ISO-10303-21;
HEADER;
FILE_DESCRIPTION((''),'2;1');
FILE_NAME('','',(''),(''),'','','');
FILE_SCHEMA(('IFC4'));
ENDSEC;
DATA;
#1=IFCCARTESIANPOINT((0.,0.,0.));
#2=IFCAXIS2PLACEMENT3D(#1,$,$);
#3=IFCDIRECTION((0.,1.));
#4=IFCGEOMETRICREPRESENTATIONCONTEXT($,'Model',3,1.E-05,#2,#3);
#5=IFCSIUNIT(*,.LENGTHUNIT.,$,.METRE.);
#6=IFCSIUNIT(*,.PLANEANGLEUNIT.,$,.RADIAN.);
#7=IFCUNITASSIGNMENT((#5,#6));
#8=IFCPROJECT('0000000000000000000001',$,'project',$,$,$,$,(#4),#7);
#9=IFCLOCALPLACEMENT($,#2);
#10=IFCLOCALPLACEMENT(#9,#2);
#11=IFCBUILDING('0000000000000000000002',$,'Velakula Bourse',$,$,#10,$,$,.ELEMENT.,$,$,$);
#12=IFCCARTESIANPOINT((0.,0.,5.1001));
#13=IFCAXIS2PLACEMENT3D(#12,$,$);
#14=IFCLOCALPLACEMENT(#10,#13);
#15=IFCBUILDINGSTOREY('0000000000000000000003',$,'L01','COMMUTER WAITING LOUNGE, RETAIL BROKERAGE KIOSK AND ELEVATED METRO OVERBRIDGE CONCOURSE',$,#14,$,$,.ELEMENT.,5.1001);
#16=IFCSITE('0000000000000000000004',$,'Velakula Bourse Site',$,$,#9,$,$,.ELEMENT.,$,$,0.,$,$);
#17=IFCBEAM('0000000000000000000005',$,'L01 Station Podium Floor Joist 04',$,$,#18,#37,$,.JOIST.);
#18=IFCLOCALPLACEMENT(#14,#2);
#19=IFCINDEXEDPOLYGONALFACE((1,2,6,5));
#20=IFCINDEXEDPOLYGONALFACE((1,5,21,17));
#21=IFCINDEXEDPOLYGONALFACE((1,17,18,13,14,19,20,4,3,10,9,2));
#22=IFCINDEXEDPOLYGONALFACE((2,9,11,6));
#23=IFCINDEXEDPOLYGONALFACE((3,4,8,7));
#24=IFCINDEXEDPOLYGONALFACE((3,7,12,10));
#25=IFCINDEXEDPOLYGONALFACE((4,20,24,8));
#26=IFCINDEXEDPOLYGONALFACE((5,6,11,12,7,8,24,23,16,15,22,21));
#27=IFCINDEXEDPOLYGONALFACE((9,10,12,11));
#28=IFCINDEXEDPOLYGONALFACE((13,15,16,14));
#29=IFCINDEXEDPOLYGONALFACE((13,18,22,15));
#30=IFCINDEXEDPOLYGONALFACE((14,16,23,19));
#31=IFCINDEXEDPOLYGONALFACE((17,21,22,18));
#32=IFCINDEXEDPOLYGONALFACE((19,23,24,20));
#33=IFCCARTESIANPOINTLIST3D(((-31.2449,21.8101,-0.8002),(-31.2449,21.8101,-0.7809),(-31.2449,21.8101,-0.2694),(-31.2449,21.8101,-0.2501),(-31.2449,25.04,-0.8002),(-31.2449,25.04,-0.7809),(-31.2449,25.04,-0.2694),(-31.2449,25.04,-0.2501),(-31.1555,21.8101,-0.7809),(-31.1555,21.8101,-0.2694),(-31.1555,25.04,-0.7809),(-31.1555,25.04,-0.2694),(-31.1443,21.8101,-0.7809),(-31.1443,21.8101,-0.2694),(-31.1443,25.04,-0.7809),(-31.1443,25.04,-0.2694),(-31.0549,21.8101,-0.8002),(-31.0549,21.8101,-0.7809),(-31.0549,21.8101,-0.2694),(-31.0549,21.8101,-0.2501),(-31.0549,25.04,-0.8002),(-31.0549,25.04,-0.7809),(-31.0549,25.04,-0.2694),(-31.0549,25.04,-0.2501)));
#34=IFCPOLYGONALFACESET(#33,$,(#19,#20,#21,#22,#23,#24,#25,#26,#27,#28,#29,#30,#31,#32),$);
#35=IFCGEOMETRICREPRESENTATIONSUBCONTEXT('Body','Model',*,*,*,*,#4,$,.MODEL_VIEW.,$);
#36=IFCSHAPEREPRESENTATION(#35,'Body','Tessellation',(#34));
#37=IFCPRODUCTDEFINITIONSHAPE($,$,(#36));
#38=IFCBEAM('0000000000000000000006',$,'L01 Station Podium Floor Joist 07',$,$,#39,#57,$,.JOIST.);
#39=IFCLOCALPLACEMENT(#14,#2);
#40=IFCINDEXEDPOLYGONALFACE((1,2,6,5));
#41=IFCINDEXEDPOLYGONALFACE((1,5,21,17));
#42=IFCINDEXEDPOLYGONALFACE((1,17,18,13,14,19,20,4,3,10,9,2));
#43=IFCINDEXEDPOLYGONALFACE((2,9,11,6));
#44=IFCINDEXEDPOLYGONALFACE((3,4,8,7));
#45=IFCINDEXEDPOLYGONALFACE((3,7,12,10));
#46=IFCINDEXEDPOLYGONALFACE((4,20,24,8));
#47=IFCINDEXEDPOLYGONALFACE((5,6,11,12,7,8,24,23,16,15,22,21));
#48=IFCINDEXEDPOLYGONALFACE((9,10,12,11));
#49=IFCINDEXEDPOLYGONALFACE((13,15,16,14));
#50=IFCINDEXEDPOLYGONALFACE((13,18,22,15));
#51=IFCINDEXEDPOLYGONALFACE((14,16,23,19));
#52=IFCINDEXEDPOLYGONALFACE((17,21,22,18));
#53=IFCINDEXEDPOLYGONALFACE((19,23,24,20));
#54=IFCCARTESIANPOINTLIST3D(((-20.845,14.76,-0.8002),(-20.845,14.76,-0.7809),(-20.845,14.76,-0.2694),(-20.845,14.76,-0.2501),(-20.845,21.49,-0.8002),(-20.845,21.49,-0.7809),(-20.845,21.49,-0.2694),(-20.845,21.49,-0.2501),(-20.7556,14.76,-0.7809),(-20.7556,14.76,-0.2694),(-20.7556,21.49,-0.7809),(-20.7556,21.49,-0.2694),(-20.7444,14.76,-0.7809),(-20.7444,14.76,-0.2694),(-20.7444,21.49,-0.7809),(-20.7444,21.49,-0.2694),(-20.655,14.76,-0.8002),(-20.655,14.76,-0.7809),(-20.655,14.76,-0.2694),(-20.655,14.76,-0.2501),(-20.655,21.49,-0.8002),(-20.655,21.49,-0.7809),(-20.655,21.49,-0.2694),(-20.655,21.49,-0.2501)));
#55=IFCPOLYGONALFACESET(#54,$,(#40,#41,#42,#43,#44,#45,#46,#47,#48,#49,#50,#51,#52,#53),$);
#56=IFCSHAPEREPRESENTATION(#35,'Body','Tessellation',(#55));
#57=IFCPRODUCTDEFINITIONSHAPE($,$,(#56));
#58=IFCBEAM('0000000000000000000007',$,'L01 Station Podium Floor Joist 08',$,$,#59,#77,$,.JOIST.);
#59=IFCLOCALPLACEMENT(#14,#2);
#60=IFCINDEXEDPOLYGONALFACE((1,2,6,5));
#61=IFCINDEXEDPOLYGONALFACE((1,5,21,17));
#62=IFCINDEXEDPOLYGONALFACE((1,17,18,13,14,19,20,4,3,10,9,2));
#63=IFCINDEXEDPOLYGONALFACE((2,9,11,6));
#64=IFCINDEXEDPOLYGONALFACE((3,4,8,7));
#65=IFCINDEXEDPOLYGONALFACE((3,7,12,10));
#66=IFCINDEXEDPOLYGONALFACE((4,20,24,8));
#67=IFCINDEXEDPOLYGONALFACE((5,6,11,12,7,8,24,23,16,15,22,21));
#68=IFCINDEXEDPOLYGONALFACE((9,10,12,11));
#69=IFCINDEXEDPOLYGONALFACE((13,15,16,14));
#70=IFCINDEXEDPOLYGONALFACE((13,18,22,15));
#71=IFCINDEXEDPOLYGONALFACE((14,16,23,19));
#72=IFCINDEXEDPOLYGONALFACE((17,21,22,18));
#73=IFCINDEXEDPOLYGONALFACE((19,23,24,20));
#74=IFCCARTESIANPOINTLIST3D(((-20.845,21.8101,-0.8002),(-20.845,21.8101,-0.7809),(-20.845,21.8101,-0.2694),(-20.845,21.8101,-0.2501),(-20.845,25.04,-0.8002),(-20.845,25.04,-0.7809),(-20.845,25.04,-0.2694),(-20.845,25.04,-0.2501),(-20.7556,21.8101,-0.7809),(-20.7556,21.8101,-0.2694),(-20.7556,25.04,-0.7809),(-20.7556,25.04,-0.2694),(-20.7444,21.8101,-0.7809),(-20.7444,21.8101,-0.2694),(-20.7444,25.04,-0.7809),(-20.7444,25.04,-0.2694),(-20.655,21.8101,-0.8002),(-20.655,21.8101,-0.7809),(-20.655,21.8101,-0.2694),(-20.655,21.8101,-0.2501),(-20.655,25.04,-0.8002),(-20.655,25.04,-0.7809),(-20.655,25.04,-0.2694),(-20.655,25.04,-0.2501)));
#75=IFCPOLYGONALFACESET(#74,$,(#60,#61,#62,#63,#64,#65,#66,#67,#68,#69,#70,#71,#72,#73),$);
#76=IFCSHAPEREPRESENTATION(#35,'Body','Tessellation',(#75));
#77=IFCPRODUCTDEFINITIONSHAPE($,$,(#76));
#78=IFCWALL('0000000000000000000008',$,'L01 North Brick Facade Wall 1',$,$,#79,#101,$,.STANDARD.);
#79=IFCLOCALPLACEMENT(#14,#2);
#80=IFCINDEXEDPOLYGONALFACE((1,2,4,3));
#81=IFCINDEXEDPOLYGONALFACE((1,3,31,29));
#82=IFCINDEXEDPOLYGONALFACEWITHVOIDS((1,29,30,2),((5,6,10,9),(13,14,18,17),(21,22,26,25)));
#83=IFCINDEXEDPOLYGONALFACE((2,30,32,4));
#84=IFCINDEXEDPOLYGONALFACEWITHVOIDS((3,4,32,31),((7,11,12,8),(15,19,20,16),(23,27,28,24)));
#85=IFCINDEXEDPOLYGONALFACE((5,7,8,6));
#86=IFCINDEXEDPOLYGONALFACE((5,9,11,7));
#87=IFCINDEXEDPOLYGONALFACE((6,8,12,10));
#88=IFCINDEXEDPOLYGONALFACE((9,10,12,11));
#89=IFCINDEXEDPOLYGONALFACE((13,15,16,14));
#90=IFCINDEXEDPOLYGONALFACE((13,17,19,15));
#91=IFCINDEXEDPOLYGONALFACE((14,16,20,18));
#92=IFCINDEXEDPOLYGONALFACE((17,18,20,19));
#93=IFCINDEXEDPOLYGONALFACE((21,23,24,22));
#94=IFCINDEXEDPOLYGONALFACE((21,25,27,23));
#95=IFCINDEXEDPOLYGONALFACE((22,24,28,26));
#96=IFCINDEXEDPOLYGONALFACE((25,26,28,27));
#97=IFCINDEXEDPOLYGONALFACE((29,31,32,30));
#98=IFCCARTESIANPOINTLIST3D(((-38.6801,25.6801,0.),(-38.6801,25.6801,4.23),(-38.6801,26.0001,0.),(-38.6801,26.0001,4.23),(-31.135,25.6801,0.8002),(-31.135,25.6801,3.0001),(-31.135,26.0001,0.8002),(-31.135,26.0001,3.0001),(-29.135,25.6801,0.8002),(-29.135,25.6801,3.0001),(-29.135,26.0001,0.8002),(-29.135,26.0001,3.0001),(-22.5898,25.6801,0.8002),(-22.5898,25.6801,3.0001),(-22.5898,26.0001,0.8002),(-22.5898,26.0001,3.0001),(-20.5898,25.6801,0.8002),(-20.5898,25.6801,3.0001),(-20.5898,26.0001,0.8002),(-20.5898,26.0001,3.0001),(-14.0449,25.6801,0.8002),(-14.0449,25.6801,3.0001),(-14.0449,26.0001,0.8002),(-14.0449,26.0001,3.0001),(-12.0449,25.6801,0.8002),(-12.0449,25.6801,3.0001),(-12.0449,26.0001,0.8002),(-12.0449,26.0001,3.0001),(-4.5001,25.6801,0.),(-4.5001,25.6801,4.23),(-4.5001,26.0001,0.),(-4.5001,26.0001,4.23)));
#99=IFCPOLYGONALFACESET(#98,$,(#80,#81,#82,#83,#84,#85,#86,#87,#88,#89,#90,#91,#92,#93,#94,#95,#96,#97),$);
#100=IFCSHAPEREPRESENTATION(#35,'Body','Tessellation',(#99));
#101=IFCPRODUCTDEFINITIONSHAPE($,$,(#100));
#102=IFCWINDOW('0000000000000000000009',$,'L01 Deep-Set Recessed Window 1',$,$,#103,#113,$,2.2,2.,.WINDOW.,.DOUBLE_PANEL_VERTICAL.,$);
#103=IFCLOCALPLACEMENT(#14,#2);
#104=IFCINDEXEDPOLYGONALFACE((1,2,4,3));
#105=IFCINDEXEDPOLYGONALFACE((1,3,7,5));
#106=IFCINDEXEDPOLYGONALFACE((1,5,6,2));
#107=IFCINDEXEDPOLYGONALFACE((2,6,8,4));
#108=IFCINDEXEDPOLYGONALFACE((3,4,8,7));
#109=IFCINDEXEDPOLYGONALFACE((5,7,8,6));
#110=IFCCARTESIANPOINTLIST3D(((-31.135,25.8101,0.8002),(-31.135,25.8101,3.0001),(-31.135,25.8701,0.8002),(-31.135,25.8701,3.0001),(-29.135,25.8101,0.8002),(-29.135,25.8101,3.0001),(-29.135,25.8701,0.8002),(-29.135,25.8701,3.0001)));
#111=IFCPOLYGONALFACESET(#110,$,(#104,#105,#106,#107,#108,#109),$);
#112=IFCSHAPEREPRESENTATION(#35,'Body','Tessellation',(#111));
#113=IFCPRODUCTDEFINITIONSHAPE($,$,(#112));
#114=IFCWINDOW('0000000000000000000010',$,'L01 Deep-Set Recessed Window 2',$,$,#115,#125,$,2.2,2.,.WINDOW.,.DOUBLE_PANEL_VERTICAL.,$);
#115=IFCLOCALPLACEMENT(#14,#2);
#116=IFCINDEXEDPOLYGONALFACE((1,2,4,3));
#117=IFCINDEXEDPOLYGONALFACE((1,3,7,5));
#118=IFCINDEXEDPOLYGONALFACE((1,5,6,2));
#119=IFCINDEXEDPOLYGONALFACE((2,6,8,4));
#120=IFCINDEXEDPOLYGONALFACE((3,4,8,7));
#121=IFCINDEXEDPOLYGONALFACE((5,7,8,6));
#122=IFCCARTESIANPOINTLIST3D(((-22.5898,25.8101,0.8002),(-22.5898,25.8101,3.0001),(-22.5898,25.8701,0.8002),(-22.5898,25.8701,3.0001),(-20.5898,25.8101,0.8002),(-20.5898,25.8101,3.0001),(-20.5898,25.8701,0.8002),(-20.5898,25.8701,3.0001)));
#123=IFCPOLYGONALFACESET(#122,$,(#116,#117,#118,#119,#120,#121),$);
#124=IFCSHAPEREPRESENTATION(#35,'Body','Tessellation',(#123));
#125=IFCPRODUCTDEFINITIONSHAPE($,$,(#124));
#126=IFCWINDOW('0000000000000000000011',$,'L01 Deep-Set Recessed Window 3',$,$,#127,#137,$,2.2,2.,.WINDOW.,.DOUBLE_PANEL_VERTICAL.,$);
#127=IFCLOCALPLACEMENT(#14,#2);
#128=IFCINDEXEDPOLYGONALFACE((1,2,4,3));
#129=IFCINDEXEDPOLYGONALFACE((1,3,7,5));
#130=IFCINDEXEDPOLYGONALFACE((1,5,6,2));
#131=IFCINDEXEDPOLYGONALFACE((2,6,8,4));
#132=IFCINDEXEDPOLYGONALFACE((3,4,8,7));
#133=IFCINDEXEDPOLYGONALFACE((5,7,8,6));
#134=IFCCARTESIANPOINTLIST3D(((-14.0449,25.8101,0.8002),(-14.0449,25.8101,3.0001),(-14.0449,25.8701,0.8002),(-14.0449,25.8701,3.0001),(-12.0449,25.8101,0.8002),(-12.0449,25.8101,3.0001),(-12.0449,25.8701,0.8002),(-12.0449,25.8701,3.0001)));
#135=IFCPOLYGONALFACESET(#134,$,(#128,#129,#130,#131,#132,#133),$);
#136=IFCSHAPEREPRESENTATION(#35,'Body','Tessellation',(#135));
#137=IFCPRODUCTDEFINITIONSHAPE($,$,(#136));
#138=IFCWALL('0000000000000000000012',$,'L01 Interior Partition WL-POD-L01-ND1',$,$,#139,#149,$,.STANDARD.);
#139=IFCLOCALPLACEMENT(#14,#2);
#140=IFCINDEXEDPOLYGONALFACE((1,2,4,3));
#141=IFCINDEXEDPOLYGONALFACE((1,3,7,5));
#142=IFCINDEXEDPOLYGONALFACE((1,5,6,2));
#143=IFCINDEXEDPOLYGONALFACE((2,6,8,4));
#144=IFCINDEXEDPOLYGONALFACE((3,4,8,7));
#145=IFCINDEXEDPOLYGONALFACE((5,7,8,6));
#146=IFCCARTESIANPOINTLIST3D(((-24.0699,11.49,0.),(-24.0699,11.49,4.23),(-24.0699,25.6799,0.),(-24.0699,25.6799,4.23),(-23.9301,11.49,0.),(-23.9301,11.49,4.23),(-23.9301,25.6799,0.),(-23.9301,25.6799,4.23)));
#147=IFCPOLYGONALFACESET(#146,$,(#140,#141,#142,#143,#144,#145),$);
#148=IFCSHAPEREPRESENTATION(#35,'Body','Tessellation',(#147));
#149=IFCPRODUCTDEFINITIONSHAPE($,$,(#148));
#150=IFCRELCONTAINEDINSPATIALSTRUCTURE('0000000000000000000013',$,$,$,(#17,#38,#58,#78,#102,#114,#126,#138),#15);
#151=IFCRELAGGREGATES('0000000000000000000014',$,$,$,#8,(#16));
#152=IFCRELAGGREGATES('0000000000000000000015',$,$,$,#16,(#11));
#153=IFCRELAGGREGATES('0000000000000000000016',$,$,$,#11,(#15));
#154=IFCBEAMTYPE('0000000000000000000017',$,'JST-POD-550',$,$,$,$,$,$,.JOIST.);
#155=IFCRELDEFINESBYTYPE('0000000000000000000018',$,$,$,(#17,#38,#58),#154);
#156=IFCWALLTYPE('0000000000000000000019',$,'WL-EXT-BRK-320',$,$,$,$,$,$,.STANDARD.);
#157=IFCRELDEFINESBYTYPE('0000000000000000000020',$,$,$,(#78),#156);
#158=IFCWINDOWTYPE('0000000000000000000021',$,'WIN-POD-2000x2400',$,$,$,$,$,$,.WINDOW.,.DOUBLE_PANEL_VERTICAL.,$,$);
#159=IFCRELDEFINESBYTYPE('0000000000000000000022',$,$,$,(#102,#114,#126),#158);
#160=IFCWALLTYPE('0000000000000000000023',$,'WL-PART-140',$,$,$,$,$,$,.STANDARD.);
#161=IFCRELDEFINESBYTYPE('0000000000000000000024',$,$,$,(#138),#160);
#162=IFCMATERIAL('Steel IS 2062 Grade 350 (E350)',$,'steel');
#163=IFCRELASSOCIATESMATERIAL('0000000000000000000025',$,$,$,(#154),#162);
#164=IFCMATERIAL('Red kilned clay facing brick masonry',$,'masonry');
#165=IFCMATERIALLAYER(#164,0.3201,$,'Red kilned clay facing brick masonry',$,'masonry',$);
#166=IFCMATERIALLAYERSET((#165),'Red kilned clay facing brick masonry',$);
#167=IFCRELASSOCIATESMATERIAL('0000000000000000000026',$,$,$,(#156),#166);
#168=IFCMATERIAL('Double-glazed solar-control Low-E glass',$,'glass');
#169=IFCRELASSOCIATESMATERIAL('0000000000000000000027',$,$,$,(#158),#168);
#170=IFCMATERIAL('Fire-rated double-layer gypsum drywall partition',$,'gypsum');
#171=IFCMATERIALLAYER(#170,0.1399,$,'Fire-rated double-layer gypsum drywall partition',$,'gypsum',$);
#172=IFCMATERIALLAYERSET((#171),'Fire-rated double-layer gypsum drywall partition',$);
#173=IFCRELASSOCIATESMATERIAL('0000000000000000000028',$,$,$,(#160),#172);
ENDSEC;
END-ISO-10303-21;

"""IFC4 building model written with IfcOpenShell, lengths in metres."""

from ifc_helpers import new_model, si_unit, direction, frame, frame_2d, origin, origin_2d, place, context, subcontext, project, spatial, rectangle, i_section, extrude, material, layer, layer_set, material_profile, profile_set, type_object, element, fill, save


model = new_model("IFC4")

# Units and contexts
model_context = context("Model", 3, precision=1e-05, world=origin(), true_north=direction((0.0, 1.0)))
body_context = subcontext(model_context, "Body", "Model", "MODEL_VIEW")
ifc_project = project(units=[si_unit("LENGTHUNIT", "METRE"), si_unit("PLANEANGLEUNIT", "RADIAN")], contexts=[model_context])

# Site, building, storey
site_placement = place(None, origin())
site = spatial("IfcSite", under=ifc_project, at=site_placement, Name="Velakula Bourse Site", CompositionType="ELEMENT", RefElevation=0.0)
building_placement = place(site_placement, origin())
building = spatial("IfcBuilding", under=site, at=building_placement, Name="Velakula Bourse", CompositionType="ELEMENT")
storey_placement = place(building_placement, frame((0.0, 0.0, 5.1001)))
storey = spatial("IfcBuildingStorey", under=building, at=storey_placement, Name="L01", Description="COMMUTER WAITING LOUNGE, RETAIL BROKERAGE KIOSK AND ELEVATED METRO OVERBRIDGE CONCOURSE", CompositionType="ELEMENT", Elevation=5.1001)

# Beams
ifc_material_1 = material(Name="Steel IS 2062 Grade 350 (E350)", Category="steel")
ifc_material_profile_1 = material_profile(ifc_material_1, i_section(OverallWidth=0.1899, OverallDepth=0.55, WebThickness=0.0112, FlangeThickness=0.0193, at=origin_2d()), Name="Steel IS 2062 Grade 350 (E350)")
ifc_profile_set_1 = profile_set([ifc_material_profile_1], Name="Steel IS 2062 Grade 350 (E350)")
beam_type_1 = type_object("IfcBeamType", Name="JST-POD-550", PredefinedType="JOIST", material=ifc_profile_set_1)
beam_1_placement = place(storey_placement, frame((-31.1499, 21.8101, -0.5251), z_axis=(0.0, 1.0, 0.0), x_axis=(-1.0, 0.0, 0.0)))
element("IfcBeam", 1, at=beam_1_placement, inside=storey, type_object=beam_type_1, Name="L01 Station Podium Floor Joist 04", PredefinedType="JOIST", context=body_context, shape_type="SweptSolid", body=[
    extrude(i_section(OverallWidth=0.1899, OverallDepth=0.55, WebThickness=0.0112, FlangeThickness=0.0193, at=origin_2d()), origin(), (0.0, 0.0, 1.0), 3.23),
])
beam_2_placement = place(storey_placement, frame((-20.75, 14.76, -0.5251), z_axis=(0.0, 1.0, 0.0), x_axis=(-1.0, 0.0, 0.0)))
element("IfcBeam", 2, at=beam_2_placement, inside=storey, type_object=beam_type_1, Name="L01 Station Podium Floor Joist 07", PredefinedType="JOIST", context=body_context, shape_type="SweptSolid", body=[
    extrude(i_section(OverallWidth=0.1899, OverallDepth=0.55, WebThickness=0.0112, FlangeThickness=0.0193, at=origin_2d()), origin(), (0.0, 0.0, 1.0), 6.73),
])
beam_3_placement = place(storey_placement, frame((-20.75, 21.8101, -0.5251), z_axis=(0.0, 1.0, 0.0), x_axis=(-1.0, 0.0, 0.0)))
element("IfcBeam", 3, at=beam_3_placement, inside=storey, type_object=beam_type_1, Name="L01 Station Podium Floor Joist 08", PredefinedType="JOIST", context=body_context, shape_type="SweptSolid", body=[
    extrude(i_section(OverallWidth=0.1899, OverallDepth=0.55, WebThickness=0.0112, FlangeThickness=0.0193, at=origin_2d()), origin(), (0.0, 0.0, 1.0), 3.23),
])

# Wall, openings, windows
ifc_material_2 = material(Name="Red kilned clay facing brick masonry", Category="masonry")
ifc_layer_1 = layer(ifc_material_2, 0.3201, Name="Red kilned clay facing brick masonry", Category="masonry")
ifc_layer_set_1 = layer_set([ifc_layer_1], Name="Red kilned clay facing brick masonry")
wall_type_1 = type_object("IfcWallType", Name="WL-EXT-BRK-320", PredefinedType="STANDARD", material=ifc_layer_set_1)
wall_1_placement = place(storey_placement, frame((-38.6799, 25.8401, 0.0), z_axis=(0.0, 0.0, 1.0), x_axis=(1.0, 0.0, 0.0)))
wall_1 = element("IfcWall", 4, at=wall_1_placement, inside=storey, type_object=wall_type_1, Name="L01 North Brick Facade Wall 1", PredefinedType="STANDARD", context=body_context, shape_type="SweptSolid", body=[
    extrude(rectangle(XDim=34.1799, YDim=0.3201, at=frame_2d((17.0898, 0.0))), origin(), (0.0, 0.0, 1.0), 4.23),
])
opening_1_placement = place(wall_1_placement, frame((7.5449, 0.0, 0.8)))
opening_1 = element("IfcOpeningElement", 5, at=opening_1_placement, cuts=wall_1, PredefinedType="OPENING", context=body_context, shape_type="SweptSolid", body=[
    extrude(rectangle(XDim=2.0, YDim=2.2, at=frame_2d((1.0, 1.1001))), frame((0.0, 0.1699, 0.0), z_axis=(0.0, -1.0, 0.0), x_axis=(1.0, 0.0, 0.0)), (0.0, 0.0, 1.0), 0.3401),
])
opening_2_placement = place(wall_1_placement, frame((16.0901, 0.0, 0.8)))
opening_2 = element("IfcOpeningElement", 6, at=opening_2_placement, cuts=wall_1, PredefinedType="OPENING", context=body_context, shape_type="SweptSolid", body=[
    extrude(rectangle(XDim=2.0, YDim=2.2, at=frame_2d((1.0, 1.1001))), frame((0.0, 0.1699, 0.0), z_axis=(0.0, -1.0, 0.0), x_axis=(1.0, 0.0, 0.0)), (0.0, 0.0, 1.0), 0.3401),
])
opening_3_placement = place(wall_1_placement, frame((24.635, 0.0, 0.8)))
opening_3 = element("IfcOpeningElement", 7, at=opening_3_placement, cuts=wall_1, PredefinedType="OPENING", context=body_context, shape_type="SweptSolid", body=[
    extrude(rectangle(XDim=2.0, YDim=2.2, at=frame_2d((1.0, 1.1001))), frame((0.0, 0.1699, 0.0), z_axis=(0.0, -1.0, 0.0), x_axis=(1.0, 0.0, 0.0)), (0.0, 0.0, 1.0), 0.3401),
])
ifc_material_3 = material(Name="Double-glazed solar-control Low-E glass", Category="glass")
window_type = type_object("IfcWindowType", Name="WIN-POD-2000x2400", PartitioningType="DOUBLE_PANEL_VERTICAL", PredefinedType="WINDOW", material=ifc_material_3)
window_1_placement = place(opening_1_placement, origin())
window_1 = element("IfcWindow", 8, at=window_1_placement, inside=storey, type_object=window_type, Name="L01 Deep-Set Recessed Window 1", OverallHeight=2.2, OverallWidth=2.0, PartitioningType="DOUBLE_PANEL_VERTICAL", PredefinedType="WINDOW", context=body_context, shape_type="SweptSolid", body=[
    extrude(rectangle(XDim=2.0, YDim=2.2, at=frame_2d((1.0, 1.1001))), frame((0.0, 0.03, 0.0), z_axis=(0.0, -1.0, 0.0), x_axis=(1.0, 0.0, 0.0)), (0.0, 0.0, 1.0), 0.0601),
])
fill(opening_1, window_1)
window_2_placement = place(opening_2_placement, origin())
window_2 = element("IfcWindow", 9, at=window_2_placement, inside=storey, type_object=window_type, Name="L01 Deep-Set Recessed Window 2", OverallHeight=2.2, OverallWidth=2.0, PartitioningType="DOUBLE_PANEL_VERTICAL", PredefinedType="WINDOW", context=body_context, shape_type="SweptSolid", body=[
    extrude(rectangle(XDim=2.0, YDim=2.2, at=frame_2d((1.0, 1.1001))), frame((0.0, 0.03, 0.0), z_axis=(0.0, -1.0, 0.0), x_axis=(1.0, 0.0, 0.0)), (0.0, 0.0, 1.0), 0.0601),
])
fill(opening_2, window_2)
window_3_placement = place(opening_3_placement, origin())
window_3 = element("IfcWindow", 10, at=window_3_placement, inside=storey, type_object=window_type, Name="L01 Deep-Set Recessed Window 3", OverallHeight=2.2, OverallWidth=2.0, PartitioningType="DOUBLE_PANEL_VERTICAL", PredefinedType="WINDOW", context=body_context, shape_type="SweptSolid", body=[
    extrude(rectangle(XDim=2.0, YDim=2.2, at=frame_2d((1.0, 1.1001))), frame((0.0, 0.03, 0.0), z_axis=(0.0, -1.0, 0.0), x_axis=(1.0, 0.0, 0.0)), (0.0, 0.0, 1.0), 0.0601),
])
fill(opening_3, window_3)

# Wall
ifc_material_4 = material(Name="Fire-rated double-layer gypsum drywall partition", Category="gypsum")
ifc_layer_2 = layer(ifc_material_4, 0.1399, Name="Fire-rated double-layer gypsum drywall partition", Category="gypsum")
ifc_layer_set_2 = layer_set([ifc_layer_2], Name="Fire-rated double-layer gypsum drywall partition")
wall_type_2 = type_object("IfcWallType", Name="WL-PART-140", PredefinedType="STANDARD", material=ifc_layer_set_2)
wall_2_placement = place(storey_placement, frame((-24.0, 11.49, 0.0), z_axis=(0.0, 0.0, 1.0), x_axis=(0.0, 1.0, 0.0)))
element("IfcWall", 11, at=wall_2_placement, inside=storey, type_object=wall_type_2, Name="L01 Interior Partition WL-POD-L01-ND1", PredefinedType="STANDARD", context=body_context, shape_type="SweptSolid", body=[
    extrude(rectangle(XDim=14.1899, YDim=0.1399, at=frame_2d((7.095, 0.0))), origin(), (0.0, 0.0, 1.0), 4.23),
])

save(model, "model.ifc")
